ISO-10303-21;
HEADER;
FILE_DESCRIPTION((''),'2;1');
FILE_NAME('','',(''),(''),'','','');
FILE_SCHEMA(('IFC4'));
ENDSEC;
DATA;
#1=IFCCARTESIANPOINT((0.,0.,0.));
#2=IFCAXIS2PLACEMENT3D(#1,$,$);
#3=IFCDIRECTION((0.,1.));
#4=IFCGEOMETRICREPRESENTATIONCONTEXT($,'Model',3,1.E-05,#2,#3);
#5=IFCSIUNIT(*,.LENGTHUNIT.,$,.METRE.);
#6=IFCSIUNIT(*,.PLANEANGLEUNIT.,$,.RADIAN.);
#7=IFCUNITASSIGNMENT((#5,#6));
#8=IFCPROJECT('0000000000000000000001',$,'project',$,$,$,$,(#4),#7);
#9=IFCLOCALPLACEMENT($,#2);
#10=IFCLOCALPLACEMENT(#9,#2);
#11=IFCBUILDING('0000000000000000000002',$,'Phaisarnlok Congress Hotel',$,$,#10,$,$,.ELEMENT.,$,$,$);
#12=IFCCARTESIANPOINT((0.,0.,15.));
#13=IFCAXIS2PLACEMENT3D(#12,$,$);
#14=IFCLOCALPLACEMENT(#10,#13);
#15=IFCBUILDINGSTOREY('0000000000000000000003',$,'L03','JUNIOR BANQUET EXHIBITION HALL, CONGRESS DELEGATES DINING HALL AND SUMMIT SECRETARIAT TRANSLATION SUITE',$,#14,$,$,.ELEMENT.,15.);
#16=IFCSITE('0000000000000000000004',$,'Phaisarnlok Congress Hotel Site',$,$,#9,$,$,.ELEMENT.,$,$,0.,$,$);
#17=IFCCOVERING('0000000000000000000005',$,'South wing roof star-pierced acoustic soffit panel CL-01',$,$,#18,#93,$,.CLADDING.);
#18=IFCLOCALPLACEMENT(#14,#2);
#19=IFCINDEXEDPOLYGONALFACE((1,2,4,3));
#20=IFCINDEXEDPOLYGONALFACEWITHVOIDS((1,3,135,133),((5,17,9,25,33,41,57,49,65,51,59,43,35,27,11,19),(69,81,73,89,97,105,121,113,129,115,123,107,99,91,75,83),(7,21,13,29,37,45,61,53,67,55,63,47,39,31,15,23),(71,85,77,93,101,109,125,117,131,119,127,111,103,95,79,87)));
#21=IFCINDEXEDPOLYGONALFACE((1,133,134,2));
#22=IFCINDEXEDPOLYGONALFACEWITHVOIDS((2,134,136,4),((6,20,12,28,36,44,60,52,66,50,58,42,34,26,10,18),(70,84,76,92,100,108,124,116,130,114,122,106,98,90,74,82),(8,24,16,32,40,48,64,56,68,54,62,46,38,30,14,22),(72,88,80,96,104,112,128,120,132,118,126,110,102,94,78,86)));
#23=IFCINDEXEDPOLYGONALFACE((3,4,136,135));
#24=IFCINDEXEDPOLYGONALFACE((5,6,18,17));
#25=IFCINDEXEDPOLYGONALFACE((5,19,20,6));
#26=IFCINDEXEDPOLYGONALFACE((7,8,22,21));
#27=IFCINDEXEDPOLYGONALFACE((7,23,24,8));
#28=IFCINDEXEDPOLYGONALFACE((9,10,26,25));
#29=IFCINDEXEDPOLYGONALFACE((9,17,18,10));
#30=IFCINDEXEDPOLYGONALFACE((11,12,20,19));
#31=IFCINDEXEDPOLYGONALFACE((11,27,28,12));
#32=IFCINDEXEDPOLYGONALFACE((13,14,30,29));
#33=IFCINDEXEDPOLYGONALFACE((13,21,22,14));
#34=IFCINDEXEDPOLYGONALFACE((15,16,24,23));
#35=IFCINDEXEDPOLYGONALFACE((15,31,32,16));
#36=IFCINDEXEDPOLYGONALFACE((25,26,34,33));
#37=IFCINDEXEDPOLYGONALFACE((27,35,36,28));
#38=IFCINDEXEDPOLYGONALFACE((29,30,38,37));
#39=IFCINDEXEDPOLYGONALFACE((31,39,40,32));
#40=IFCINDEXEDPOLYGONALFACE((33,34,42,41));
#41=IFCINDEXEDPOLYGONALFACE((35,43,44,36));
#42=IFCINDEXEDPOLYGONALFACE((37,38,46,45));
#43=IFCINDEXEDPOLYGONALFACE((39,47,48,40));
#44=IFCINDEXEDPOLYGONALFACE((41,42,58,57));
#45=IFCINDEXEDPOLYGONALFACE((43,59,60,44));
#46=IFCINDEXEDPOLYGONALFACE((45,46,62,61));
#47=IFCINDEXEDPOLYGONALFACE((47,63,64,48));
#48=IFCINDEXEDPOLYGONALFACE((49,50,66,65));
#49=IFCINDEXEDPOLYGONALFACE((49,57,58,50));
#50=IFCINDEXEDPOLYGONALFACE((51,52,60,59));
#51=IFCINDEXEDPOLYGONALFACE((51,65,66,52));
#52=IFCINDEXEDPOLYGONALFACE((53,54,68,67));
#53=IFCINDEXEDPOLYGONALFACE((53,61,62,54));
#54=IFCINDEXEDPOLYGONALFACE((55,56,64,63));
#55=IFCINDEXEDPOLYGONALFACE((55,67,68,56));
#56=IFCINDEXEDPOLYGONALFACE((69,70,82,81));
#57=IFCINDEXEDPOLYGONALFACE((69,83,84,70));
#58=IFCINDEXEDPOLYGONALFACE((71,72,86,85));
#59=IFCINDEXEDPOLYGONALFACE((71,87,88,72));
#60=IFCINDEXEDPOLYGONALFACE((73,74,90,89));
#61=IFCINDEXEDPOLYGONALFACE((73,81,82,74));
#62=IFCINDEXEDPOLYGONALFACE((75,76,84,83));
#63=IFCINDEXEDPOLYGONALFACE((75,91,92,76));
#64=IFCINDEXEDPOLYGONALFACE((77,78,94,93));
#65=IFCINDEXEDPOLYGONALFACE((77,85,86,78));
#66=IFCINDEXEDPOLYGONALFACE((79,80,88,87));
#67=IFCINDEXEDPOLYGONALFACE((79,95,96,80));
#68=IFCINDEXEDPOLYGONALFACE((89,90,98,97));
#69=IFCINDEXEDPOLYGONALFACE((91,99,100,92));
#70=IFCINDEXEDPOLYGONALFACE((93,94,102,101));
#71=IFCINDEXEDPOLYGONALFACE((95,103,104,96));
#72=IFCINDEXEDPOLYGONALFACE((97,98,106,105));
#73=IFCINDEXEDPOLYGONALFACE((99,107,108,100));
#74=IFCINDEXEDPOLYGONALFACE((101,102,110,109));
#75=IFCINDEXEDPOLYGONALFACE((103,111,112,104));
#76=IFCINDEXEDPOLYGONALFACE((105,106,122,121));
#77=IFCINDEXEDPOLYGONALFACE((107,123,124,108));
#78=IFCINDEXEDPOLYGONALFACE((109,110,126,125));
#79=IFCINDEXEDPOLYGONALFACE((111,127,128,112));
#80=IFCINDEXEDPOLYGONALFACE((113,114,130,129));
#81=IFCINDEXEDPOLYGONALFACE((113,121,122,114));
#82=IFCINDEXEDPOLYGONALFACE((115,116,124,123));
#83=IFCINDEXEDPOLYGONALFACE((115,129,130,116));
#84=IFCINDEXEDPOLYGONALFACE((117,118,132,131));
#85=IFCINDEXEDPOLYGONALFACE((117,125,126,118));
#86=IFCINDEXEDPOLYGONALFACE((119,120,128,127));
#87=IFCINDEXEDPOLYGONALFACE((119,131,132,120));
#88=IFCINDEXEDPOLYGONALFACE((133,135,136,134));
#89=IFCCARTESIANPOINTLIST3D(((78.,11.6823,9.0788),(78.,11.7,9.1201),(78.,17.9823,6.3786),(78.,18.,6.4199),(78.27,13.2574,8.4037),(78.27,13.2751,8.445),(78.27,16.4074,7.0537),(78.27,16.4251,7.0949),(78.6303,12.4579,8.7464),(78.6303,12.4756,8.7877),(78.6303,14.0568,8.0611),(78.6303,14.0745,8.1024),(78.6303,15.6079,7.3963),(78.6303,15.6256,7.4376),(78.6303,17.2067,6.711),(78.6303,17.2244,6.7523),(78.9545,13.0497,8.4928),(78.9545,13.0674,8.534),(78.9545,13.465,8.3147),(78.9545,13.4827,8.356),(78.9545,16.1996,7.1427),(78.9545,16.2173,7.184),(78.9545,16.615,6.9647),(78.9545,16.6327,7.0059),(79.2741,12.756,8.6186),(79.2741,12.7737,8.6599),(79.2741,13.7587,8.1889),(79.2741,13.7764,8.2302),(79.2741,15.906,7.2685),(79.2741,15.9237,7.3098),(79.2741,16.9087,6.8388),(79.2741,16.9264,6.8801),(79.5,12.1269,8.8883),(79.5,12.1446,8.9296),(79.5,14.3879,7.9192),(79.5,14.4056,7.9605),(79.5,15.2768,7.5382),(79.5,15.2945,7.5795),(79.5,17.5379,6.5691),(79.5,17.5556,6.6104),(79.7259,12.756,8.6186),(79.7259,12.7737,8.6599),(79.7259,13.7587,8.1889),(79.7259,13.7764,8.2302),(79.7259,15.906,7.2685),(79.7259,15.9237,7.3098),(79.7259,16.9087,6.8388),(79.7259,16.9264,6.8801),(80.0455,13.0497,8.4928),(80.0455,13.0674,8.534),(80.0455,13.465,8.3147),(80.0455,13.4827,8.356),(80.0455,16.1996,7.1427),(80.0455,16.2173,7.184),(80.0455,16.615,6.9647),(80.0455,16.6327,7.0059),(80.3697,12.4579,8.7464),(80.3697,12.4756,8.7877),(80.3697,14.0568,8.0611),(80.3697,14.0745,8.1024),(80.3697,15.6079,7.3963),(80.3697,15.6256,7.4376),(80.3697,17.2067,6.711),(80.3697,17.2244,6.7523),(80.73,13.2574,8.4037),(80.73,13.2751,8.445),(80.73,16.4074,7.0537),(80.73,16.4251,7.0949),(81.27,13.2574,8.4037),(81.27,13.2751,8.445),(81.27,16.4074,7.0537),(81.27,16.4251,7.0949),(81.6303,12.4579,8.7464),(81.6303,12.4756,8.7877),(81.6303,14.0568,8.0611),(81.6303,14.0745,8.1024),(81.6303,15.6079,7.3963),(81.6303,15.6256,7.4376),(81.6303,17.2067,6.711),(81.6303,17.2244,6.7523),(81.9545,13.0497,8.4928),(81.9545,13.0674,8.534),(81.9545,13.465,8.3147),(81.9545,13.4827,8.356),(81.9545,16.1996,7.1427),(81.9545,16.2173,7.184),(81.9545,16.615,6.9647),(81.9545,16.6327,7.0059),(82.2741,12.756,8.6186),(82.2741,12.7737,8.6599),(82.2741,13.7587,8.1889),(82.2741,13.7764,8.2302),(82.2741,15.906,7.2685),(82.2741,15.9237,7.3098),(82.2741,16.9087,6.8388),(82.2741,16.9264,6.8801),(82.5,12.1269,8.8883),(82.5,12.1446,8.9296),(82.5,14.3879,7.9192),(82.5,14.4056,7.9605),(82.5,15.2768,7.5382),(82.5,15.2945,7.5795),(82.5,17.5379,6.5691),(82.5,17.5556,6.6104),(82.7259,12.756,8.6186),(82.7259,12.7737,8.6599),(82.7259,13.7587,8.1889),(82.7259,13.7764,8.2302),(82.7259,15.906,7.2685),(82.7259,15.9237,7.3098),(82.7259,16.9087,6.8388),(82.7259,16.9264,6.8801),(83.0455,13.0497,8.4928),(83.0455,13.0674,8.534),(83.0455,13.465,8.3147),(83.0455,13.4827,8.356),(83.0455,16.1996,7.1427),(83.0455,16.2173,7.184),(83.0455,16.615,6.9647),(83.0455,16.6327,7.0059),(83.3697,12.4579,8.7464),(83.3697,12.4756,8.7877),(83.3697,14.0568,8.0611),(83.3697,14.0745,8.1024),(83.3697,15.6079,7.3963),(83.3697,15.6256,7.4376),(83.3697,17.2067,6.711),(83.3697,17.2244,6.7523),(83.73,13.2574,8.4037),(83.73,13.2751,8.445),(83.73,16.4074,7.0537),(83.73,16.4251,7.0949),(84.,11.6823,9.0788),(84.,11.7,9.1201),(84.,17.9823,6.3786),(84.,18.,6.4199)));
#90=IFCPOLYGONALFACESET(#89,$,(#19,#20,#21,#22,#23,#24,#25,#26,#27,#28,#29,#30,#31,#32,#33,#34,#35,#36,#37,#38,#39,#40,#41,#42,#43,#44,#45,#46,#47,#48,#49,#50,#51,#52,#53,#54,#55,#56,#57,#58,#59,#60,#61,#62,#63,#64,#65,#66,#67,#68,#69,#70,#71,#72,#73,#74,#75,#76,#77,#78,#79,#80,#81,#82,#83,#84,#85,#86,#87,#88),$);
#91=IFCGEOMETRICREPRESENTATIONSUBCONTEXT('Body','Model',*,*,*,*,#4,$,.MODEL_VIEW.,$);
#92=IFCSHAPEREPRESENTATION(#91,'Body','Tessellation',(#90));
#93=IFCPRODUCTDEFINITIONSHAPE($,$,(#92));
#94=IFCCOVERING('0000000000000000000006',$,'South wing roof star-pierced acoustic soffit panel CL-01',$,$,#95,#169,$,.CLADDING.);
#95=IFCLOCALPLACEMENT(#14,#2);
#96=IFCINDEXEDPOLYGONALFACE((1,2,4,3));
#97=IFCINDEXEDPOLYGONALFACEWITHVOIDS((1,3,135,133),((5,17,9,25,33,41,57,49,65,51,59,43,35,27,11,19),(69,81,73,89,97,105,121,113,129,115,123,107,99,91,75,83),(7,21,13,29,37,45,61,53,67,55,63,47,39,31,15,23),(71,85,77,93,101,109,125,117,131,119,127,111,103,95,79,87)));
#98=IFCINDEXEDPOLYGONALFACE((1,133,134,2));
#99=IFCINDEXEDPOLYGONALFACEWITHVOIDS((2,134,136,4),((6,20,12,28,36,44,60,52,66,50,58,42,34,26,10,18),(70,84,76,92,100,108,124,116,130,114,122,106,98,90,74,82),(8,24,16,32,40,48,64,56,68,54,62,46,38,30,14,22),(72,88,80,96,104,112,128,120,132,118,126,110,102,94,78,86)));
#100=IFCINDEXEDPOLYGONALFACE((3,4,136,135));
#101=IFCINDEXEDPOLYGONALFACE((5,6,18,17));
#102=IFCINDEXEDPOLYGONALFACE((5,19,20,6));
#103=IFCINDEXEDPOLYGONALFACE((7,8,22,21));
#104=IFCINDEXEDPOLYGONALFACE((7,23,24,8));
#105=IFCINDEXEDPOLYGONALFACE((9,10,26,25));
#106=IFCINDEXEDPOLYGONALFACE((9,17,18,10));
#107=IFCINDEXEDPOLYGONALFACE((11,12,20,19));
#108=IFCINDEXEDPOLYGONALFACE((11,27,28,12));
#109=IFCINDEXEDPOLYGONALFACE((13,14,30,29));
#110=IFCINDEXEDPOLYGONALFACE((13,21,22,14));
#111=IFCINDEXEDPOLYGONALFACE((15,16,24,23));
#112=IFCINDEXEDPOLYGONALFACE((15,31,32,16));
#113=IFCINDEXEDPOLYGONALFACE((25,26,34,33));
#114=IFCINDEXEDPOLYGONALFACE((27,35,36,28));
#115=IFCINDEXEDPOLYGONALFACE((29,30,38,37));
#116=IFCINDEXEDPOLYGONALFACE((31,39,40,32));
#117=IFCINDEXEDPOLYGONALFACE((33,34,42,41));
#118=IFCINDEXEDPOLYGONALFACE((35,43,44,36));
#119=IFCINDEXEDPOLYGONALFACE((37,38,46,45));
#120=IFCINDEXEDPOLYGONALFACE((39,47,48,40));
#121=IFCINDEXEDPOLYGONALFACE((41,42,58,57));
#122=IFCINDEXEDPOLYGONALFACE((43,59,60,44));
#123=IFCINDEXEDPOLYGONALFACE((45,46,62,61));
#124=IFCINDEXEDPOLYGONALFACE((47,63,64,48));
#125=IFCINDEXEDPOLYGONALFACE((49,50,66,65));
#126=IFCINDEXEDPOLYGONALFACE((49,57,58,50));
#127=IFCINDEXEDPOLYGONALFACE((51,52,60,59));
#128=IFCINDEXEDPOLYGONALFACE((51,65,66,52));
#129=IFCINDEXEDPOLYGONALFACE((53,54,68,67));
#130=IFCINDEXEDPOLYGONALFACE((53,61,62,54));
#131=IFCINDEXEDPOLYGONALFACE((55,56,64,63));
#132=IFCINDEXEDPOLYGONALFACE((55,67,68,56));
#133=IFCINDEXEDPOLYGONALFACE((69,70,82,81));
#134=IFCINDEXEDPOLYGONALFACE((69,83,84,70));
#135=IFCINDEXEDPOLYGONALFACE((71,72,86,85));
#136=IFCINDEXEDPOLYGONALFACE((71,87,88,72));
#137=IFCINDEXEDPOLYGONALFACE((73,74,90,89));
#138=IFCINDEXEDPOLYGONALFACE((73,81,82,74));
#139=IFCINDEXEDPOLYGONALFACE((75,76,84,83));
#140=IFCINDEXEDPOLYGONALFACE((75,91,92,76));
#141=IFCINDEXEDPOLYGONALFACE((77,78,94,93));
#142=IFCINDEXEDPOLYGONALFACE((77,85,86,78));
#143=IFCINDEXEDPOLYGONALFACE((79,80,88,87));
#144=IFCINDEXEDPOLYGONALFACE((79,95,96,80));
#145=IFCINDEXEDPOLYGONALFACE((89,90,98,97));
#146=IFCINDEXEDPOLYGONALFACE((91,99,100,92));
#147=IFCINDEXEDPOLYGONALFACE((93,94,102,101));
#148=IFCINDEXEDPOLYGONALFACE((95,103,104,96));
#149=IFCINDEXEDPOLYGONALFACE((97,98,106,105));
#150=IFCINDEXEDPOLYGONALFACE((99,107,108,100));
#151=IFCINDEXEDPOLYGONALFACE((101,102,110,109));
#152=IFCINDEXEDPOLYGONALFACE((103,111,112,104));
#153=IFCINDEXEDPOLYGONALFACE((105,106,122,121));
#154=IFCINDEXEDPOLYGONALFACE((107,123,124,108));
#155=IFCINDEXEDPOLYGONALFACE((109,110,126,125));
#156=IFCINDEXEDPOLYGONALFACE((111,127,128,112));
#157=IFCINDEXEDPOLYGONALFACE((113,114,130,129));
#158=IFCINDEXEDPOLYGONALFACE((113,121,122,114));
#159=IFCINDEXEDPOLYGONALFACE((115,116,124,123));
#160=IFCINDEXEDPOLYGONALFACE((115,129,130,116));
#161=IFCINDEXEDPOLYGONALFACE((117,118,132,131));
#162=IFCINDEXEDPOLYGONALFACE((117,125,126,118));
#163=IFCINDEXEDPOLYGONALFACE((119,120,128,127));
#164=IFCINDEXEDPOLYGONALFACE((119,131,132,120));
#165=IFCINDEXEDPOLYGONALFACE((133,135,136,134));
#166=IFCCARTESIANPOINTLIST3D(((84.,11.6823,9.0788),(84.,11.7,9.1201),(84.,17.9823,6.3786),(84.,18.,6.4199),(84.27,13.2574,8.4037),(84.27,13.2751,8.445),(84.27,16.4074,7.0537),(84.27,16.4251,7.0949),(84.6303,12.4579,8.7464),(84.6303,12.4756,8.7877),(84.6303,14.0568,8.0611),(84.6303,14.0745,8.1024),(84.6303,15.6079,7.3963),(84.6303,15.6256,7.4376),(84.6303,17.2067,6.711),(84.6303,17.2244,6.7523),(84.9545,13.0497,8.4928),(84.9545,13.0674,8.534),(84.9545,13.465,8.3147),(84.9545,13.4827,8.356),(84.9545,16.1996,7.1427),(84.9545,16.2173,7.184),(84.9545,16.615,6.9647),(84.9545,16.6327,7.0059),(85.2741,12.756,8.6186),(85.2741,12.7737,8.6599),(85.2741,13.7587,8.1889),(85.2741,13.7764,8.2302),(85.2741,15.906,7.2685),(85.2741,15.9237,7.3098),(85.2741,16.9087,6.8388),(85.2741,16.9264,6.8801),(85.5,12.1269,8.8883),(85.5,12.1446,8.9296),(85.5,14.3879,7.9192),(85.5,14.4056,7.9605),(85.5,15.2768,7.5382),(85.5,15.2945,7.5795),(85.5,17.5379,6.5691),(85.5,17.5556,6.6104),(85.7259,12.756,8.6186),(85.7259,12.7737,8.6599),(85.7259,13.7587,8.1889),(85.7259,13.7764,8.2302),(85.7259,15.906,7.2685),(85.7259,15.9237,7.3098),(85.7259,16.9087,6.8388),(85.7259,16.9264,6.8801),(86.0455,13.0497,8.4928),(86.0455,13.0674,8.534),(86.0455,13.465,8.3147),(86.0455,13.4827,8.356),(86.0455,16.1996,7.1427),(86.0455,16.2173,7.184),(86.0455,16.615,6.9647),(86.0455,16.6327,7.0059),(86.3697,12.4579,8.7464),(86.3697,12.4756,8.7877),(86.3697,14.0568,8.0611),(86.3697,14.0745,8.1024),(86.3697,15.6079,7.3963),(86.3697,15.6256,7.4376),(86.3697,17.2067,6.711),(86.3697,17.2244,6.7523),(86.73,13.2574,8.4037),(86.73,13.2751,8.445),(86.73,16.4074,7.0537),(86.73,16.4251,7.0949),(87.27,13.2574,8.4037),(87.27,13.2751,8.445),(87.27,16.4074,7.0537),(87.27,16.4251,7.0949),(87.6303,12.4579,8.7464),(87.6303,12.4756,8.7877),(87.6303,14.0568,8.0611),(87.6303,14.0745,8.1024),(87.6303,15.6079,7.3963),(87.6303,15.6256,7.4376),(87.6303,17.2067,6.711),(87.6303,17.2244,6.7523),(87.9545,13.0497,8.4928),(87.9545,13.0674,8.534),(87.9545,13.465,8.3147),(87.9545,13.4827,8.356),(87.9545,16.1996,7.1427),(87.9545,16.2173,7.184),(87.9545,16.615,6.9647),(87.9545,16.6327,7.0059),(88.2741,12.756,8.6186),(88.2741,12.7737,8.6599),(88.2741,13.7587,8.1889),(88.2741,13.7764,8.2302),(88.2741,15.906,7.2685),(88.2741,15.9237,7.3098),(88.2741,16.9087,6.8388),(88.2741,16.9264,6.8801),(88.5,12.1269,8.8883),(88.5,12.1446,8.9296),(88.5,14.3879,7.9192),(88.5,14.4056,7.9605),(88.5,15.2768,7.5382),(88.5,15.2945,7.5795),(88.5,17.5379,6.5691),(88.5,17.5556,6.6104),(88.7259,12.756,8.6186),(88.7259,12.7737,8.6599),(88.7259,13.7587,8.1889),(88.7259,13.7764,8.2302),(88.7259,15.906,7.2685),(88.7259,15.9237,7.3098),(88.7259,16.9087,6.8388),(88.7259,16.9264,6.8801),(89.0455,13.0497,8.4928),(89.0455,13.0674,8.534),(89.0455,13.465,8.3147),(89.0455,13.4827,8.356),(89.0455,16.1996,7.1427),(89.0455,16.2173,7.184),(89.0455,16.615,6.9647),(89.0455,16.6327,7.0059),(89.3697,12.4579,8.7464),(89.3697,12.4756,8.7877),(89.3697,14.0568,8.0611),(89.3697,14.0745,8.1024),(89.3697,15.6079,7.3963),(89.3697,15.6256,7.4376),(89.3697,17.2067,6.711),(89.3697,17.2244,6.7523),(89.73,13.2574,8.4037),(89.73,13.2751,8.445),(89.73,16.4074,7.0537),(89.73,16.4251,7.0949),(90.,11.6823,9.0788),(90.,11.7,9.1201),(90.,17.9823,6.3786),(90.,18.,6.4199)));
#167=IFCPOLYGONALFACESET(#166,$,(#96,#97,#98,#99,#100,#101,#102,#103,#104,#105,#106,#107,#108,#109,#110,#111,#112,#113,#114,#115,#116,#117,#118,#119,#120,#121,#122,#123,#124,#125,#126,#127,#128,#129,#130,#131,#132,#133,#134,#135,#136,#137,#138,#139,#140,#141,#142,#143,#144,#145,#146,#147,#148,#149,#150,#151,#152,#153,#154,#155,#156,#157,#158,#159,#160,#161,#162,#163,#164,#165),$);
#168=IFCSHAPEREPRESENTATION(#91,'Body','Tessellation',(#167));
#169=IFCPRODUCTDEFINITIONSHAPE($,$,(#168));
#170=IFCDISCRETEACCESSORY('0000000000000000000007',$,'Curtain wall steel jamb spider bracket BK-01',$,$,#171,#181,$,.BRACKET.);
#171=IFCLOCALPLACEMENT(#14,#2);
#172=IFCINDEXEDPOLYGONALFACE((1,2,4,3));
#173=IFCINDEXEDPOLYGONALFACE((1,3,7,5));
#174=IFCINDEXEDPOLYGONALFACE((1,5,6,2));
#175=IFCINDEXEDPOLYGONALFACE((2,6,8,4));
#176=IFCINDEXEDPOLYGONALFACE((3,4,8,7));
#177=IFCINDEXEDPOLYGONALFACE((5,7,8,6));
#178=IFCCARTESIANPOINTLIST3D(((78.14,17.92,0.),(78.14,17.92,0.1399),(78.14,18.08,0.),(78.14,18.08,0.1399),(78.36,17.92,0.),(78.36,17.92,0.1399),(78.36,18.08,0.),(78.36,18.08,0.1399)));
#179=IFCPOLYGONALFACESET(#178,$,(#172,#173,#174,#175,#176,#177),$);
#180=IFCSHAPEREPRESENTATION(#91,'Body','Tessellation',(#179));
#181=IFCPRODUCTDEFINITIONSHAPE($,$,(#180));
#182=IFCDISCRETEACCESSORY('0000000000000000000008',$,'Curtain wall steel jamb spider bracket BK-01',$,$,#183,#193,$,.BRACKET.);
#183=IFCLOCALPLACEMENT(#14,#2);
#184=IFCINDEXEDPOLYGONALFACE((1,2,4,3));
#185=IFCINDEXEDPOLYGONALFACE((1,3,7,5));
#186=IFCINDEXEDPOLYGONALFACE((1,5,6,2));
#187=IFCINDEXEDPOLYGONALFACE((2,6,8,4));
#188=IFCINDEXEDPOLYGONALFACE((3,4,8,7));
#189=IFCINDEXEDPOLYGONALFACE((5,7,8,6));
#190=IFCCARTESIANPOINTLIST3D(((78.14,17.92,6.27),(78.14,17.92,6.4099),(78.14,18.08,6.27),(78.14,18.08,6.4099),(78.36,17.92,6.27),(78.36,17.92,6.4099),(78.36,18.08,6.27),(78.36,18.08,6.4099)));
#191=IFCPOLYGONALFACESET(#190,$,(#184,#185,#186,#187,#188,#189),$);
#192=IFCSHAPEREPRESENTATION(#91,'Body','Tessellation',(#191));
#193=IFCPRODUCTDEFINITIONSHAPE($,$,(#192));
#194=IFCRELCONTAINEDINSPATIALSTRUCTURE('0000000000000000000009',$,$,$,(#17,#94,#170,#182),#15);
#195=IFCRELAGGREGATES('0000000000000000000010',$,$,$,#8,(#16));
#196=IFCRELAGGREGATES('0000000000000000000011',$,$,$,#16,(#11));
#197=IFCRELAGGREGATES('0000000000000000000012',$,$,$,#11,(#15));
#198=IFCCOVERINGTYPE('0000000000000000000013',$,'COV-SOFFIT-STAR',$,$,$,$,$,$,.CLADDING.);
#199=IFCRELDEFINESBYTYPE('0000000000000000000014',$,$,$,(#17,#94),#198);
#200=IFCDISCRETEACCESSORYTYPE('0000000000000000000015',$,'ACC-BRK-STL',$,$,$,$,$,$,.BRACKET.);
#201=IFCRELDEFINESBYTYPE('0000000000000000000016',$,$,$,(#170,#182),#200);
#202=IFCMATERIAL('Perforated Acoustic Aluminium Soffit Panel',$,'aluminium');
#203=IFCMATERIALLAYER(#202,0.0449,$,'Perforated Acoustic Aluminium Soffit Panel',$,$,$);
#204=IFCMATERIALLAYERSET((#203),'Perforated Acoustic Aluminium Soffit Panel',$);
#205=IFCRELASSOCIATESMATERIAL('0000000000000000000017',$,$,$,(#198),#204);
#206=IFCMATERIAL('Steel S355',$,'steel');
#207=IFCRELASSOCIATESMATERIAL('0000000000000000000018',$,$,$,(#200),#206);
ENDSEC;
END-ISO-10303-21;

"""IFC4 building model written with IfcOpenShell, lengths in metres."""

from ifc_helpers import new_model, si_unit, direction, frame, origin, origin_2d, place, context, subcontext, project, spatial, polyline, rectangle, outline, extrude, material, layer, layer_set, type_object, element, save


model = new_model("IFC4")

# Units and contexts
model_context = context("Model", 3, precision=1e-05, world=origin(), true_north=direction((0.0, 1.0)))
body_context = subcontext(model_context, "Body", "Model", "MODEL_VIEW")
ifc_project = project(units=[si_unit("LENGTHUNIT", "METRE"), si_unit("PLANEANGLEUNIT", "RADIAN")], contexts=[model_context])

# Site, building, storey
site_placement = place(None, origin())
site = spatial("IfcSite", under=ifc_project, at=site_placement, Name="Phaisarnlok Congress Hotel Site", CompositionType="ELEMENT", RefElevation=0.0)
building_placement = place(site_placement, origin())
building = spatial("IfcBuilding", under=site, at=building_placement, Name="Phaisarnlok Congress Hotel", CompositionType="ELEMENT")
storey_placement = place(building_placement, frame((0.0, 0.0, 15.0)))
storey = spatial("IfcBuildingStorey", under=building, at=storey_placement, Name="L03", Description="JUNIOR BANQUET EXHIBITION HALL, CONGRESS DELEGATES DINING HALL AND SUMMIT SECRETARIAT TRANSLATION SUITE", CompositionType="ELEMENT", Elevation=15.0)

# Shared definitions
ifc_material_1 = material(Name="Steel S355", Category="steel")

# Coverings
ifc_material_2 = material(Name="Perforated Acoustic Aluminium Soffit Panel", Category="aluminium")
ifc_layer_1 = layer(ifc_material_2, 0.0449, Name="Perforated Acoustic Aluminium Soffit Panel")
ifc_layer_set_1 = layer_set([ifc_layer_1], Name="Perforated Acoustic Aluminium Soffit Panel")
covering_type = type_object("IfcCoveringType", Name="COV-SOFFIT-STAR", PredefinedType="CLADDING", material=ifc_layer_set_1)
for number, where, z_axis, x_axis, name in (
    (1, (78.0, 18.0, 6.4199), (0.0, -0.393941, -0.919136), (1.0, 0.0, 0.0), "South wing roof star-pierced acoustic soffit panel CL-01"),
    (2, (84.0, 18.0, 6.4199), (0.0, -0.393941, -0.919136), (1.0, 0.0, 0.0), "South wing roof star-pierced acoustic soffit panel CL-01"),
):
    element("IfcCovering", number, at=place(storey_placement, frame(where, z_axis=z_axis, x_axis=x_axis)), inside=storey, type_object=covering_type, Name=name, PredefinedType="CLADDING", context=body_context, shape_type="SweptSolid", body=[
        extrude(outline(polyline([(0.0, 0.0), (6.0, 0.0), (6.0, 6.8543), (0.0, 6.8543), (0.0, 0.0)]), holes=[polyline([(2.0455, 1.4876), (2.3697, 0.8438), (1.7259, 1.1681), (1.5, 0.4835), (1.2741, 1.1681), (0.6303, 0.8438), (0.9545, 1.4876), (0.27, 1.7135), (0.9545, 1.9395), (0.6303, 2.5833), (1.2741, 2.259), (1.5, 2.9435), (1.7259, 2.259), (2.3697, 2.5833), (2.0455, 1.9395), (2.73, 1.7135), (2.0455, 1.4876)]), polyline([(2.0455, 4.9147), (2.3697, 4.2709), (1.7259, 4.5952), (1.5, 3.9106), (1.2741, 4.5952), (0.6303, 4.2709), (0.9545, 4.9147), (0.27, 5.1406), (0.9545, 5.3666), (0.6303, 6.0104), (1.2741, 5.6861), (1.5, 6.3706), (1.7259, 5.6861), (2.3697, 6.0104), (2.0455, 5.3666), (2.73, 5.1406), (2.0455, 4.9147)]), polyline([(5.0455, 1.4876), (5.3697, 0.8438), (4.7259, 1.1681), (4.5, 0.4835), (4.2741, 1.1681), (3.6303, 0.8438), (3.9545, 1.4876), (3.27, 1.7135), (3.9545, 1.9395), (3.6303, 2.5833), (4.2741, 2.259), (4.5, 2.9435), (4.7259, 2.259), (5.3697, 2.5833), (5.0455, 1.9395), (5.73, 1.7135), (5.0455, 1.4876)]), polyline([(5.0455, 4.9147), (5.3697, 4.2709), (4.7259, 4.5952), (4.5, 3.9106), (4.2741, 4.5952), (3.6303, 4.2709), (3.9545, 4.9147), (3.27, 5.1406), (3.9545, 5.3666), (3.6303, 6.0104), (4.2741, 5.6861), (4.5, 6.3706), (4.7259, 5.6861), (5.3697, 6.0104), (5.0455, 5.3666), (5.73, 5.1406), (5.0455, 4.9147)])]), origin(), (0.0, 0.0, 1.0), 0.0449),
    ])

# Discrete accessories
discrete_accessory_type = type_object("IfcDiscreteAccessoryType", Name="ACC-BRK-STL", PredefinedType="BRACKET", material=ifc_material_1)
for number, where, z_axis, x_axis, name in (
    (3, (78.25, 18.0, 0.0), (0.0, 0.0, 1.0), (1.0, 0.0, 0.0), "Curtain wall steel jamb spider bracket BK-01"),
    (4, (78.25, 18.0, 6.27), (0.0, 0.0, 1.0), (1.0, 0.0, 0.0), "Curtain wall steel jamb spider bracket BK-01"),
):
    element("IfcDiscreteAccessory", number, at=place(storey_placement, frame(where, z_axis=z_axis, x_axis=x_axis)), inside=storey, type_object=discrete_accessory_type, Name=name, PredefinedType="BRACKET", context=body_context, shape_type="SweptSolid", body=[
        extrude(rectangle(XDim=0.22, YDim=0.1599, at=origin_2d()), origin(), (0.0, 0.0, 1.0), 0.1399),
    ])

save(model, "model.ifc")
